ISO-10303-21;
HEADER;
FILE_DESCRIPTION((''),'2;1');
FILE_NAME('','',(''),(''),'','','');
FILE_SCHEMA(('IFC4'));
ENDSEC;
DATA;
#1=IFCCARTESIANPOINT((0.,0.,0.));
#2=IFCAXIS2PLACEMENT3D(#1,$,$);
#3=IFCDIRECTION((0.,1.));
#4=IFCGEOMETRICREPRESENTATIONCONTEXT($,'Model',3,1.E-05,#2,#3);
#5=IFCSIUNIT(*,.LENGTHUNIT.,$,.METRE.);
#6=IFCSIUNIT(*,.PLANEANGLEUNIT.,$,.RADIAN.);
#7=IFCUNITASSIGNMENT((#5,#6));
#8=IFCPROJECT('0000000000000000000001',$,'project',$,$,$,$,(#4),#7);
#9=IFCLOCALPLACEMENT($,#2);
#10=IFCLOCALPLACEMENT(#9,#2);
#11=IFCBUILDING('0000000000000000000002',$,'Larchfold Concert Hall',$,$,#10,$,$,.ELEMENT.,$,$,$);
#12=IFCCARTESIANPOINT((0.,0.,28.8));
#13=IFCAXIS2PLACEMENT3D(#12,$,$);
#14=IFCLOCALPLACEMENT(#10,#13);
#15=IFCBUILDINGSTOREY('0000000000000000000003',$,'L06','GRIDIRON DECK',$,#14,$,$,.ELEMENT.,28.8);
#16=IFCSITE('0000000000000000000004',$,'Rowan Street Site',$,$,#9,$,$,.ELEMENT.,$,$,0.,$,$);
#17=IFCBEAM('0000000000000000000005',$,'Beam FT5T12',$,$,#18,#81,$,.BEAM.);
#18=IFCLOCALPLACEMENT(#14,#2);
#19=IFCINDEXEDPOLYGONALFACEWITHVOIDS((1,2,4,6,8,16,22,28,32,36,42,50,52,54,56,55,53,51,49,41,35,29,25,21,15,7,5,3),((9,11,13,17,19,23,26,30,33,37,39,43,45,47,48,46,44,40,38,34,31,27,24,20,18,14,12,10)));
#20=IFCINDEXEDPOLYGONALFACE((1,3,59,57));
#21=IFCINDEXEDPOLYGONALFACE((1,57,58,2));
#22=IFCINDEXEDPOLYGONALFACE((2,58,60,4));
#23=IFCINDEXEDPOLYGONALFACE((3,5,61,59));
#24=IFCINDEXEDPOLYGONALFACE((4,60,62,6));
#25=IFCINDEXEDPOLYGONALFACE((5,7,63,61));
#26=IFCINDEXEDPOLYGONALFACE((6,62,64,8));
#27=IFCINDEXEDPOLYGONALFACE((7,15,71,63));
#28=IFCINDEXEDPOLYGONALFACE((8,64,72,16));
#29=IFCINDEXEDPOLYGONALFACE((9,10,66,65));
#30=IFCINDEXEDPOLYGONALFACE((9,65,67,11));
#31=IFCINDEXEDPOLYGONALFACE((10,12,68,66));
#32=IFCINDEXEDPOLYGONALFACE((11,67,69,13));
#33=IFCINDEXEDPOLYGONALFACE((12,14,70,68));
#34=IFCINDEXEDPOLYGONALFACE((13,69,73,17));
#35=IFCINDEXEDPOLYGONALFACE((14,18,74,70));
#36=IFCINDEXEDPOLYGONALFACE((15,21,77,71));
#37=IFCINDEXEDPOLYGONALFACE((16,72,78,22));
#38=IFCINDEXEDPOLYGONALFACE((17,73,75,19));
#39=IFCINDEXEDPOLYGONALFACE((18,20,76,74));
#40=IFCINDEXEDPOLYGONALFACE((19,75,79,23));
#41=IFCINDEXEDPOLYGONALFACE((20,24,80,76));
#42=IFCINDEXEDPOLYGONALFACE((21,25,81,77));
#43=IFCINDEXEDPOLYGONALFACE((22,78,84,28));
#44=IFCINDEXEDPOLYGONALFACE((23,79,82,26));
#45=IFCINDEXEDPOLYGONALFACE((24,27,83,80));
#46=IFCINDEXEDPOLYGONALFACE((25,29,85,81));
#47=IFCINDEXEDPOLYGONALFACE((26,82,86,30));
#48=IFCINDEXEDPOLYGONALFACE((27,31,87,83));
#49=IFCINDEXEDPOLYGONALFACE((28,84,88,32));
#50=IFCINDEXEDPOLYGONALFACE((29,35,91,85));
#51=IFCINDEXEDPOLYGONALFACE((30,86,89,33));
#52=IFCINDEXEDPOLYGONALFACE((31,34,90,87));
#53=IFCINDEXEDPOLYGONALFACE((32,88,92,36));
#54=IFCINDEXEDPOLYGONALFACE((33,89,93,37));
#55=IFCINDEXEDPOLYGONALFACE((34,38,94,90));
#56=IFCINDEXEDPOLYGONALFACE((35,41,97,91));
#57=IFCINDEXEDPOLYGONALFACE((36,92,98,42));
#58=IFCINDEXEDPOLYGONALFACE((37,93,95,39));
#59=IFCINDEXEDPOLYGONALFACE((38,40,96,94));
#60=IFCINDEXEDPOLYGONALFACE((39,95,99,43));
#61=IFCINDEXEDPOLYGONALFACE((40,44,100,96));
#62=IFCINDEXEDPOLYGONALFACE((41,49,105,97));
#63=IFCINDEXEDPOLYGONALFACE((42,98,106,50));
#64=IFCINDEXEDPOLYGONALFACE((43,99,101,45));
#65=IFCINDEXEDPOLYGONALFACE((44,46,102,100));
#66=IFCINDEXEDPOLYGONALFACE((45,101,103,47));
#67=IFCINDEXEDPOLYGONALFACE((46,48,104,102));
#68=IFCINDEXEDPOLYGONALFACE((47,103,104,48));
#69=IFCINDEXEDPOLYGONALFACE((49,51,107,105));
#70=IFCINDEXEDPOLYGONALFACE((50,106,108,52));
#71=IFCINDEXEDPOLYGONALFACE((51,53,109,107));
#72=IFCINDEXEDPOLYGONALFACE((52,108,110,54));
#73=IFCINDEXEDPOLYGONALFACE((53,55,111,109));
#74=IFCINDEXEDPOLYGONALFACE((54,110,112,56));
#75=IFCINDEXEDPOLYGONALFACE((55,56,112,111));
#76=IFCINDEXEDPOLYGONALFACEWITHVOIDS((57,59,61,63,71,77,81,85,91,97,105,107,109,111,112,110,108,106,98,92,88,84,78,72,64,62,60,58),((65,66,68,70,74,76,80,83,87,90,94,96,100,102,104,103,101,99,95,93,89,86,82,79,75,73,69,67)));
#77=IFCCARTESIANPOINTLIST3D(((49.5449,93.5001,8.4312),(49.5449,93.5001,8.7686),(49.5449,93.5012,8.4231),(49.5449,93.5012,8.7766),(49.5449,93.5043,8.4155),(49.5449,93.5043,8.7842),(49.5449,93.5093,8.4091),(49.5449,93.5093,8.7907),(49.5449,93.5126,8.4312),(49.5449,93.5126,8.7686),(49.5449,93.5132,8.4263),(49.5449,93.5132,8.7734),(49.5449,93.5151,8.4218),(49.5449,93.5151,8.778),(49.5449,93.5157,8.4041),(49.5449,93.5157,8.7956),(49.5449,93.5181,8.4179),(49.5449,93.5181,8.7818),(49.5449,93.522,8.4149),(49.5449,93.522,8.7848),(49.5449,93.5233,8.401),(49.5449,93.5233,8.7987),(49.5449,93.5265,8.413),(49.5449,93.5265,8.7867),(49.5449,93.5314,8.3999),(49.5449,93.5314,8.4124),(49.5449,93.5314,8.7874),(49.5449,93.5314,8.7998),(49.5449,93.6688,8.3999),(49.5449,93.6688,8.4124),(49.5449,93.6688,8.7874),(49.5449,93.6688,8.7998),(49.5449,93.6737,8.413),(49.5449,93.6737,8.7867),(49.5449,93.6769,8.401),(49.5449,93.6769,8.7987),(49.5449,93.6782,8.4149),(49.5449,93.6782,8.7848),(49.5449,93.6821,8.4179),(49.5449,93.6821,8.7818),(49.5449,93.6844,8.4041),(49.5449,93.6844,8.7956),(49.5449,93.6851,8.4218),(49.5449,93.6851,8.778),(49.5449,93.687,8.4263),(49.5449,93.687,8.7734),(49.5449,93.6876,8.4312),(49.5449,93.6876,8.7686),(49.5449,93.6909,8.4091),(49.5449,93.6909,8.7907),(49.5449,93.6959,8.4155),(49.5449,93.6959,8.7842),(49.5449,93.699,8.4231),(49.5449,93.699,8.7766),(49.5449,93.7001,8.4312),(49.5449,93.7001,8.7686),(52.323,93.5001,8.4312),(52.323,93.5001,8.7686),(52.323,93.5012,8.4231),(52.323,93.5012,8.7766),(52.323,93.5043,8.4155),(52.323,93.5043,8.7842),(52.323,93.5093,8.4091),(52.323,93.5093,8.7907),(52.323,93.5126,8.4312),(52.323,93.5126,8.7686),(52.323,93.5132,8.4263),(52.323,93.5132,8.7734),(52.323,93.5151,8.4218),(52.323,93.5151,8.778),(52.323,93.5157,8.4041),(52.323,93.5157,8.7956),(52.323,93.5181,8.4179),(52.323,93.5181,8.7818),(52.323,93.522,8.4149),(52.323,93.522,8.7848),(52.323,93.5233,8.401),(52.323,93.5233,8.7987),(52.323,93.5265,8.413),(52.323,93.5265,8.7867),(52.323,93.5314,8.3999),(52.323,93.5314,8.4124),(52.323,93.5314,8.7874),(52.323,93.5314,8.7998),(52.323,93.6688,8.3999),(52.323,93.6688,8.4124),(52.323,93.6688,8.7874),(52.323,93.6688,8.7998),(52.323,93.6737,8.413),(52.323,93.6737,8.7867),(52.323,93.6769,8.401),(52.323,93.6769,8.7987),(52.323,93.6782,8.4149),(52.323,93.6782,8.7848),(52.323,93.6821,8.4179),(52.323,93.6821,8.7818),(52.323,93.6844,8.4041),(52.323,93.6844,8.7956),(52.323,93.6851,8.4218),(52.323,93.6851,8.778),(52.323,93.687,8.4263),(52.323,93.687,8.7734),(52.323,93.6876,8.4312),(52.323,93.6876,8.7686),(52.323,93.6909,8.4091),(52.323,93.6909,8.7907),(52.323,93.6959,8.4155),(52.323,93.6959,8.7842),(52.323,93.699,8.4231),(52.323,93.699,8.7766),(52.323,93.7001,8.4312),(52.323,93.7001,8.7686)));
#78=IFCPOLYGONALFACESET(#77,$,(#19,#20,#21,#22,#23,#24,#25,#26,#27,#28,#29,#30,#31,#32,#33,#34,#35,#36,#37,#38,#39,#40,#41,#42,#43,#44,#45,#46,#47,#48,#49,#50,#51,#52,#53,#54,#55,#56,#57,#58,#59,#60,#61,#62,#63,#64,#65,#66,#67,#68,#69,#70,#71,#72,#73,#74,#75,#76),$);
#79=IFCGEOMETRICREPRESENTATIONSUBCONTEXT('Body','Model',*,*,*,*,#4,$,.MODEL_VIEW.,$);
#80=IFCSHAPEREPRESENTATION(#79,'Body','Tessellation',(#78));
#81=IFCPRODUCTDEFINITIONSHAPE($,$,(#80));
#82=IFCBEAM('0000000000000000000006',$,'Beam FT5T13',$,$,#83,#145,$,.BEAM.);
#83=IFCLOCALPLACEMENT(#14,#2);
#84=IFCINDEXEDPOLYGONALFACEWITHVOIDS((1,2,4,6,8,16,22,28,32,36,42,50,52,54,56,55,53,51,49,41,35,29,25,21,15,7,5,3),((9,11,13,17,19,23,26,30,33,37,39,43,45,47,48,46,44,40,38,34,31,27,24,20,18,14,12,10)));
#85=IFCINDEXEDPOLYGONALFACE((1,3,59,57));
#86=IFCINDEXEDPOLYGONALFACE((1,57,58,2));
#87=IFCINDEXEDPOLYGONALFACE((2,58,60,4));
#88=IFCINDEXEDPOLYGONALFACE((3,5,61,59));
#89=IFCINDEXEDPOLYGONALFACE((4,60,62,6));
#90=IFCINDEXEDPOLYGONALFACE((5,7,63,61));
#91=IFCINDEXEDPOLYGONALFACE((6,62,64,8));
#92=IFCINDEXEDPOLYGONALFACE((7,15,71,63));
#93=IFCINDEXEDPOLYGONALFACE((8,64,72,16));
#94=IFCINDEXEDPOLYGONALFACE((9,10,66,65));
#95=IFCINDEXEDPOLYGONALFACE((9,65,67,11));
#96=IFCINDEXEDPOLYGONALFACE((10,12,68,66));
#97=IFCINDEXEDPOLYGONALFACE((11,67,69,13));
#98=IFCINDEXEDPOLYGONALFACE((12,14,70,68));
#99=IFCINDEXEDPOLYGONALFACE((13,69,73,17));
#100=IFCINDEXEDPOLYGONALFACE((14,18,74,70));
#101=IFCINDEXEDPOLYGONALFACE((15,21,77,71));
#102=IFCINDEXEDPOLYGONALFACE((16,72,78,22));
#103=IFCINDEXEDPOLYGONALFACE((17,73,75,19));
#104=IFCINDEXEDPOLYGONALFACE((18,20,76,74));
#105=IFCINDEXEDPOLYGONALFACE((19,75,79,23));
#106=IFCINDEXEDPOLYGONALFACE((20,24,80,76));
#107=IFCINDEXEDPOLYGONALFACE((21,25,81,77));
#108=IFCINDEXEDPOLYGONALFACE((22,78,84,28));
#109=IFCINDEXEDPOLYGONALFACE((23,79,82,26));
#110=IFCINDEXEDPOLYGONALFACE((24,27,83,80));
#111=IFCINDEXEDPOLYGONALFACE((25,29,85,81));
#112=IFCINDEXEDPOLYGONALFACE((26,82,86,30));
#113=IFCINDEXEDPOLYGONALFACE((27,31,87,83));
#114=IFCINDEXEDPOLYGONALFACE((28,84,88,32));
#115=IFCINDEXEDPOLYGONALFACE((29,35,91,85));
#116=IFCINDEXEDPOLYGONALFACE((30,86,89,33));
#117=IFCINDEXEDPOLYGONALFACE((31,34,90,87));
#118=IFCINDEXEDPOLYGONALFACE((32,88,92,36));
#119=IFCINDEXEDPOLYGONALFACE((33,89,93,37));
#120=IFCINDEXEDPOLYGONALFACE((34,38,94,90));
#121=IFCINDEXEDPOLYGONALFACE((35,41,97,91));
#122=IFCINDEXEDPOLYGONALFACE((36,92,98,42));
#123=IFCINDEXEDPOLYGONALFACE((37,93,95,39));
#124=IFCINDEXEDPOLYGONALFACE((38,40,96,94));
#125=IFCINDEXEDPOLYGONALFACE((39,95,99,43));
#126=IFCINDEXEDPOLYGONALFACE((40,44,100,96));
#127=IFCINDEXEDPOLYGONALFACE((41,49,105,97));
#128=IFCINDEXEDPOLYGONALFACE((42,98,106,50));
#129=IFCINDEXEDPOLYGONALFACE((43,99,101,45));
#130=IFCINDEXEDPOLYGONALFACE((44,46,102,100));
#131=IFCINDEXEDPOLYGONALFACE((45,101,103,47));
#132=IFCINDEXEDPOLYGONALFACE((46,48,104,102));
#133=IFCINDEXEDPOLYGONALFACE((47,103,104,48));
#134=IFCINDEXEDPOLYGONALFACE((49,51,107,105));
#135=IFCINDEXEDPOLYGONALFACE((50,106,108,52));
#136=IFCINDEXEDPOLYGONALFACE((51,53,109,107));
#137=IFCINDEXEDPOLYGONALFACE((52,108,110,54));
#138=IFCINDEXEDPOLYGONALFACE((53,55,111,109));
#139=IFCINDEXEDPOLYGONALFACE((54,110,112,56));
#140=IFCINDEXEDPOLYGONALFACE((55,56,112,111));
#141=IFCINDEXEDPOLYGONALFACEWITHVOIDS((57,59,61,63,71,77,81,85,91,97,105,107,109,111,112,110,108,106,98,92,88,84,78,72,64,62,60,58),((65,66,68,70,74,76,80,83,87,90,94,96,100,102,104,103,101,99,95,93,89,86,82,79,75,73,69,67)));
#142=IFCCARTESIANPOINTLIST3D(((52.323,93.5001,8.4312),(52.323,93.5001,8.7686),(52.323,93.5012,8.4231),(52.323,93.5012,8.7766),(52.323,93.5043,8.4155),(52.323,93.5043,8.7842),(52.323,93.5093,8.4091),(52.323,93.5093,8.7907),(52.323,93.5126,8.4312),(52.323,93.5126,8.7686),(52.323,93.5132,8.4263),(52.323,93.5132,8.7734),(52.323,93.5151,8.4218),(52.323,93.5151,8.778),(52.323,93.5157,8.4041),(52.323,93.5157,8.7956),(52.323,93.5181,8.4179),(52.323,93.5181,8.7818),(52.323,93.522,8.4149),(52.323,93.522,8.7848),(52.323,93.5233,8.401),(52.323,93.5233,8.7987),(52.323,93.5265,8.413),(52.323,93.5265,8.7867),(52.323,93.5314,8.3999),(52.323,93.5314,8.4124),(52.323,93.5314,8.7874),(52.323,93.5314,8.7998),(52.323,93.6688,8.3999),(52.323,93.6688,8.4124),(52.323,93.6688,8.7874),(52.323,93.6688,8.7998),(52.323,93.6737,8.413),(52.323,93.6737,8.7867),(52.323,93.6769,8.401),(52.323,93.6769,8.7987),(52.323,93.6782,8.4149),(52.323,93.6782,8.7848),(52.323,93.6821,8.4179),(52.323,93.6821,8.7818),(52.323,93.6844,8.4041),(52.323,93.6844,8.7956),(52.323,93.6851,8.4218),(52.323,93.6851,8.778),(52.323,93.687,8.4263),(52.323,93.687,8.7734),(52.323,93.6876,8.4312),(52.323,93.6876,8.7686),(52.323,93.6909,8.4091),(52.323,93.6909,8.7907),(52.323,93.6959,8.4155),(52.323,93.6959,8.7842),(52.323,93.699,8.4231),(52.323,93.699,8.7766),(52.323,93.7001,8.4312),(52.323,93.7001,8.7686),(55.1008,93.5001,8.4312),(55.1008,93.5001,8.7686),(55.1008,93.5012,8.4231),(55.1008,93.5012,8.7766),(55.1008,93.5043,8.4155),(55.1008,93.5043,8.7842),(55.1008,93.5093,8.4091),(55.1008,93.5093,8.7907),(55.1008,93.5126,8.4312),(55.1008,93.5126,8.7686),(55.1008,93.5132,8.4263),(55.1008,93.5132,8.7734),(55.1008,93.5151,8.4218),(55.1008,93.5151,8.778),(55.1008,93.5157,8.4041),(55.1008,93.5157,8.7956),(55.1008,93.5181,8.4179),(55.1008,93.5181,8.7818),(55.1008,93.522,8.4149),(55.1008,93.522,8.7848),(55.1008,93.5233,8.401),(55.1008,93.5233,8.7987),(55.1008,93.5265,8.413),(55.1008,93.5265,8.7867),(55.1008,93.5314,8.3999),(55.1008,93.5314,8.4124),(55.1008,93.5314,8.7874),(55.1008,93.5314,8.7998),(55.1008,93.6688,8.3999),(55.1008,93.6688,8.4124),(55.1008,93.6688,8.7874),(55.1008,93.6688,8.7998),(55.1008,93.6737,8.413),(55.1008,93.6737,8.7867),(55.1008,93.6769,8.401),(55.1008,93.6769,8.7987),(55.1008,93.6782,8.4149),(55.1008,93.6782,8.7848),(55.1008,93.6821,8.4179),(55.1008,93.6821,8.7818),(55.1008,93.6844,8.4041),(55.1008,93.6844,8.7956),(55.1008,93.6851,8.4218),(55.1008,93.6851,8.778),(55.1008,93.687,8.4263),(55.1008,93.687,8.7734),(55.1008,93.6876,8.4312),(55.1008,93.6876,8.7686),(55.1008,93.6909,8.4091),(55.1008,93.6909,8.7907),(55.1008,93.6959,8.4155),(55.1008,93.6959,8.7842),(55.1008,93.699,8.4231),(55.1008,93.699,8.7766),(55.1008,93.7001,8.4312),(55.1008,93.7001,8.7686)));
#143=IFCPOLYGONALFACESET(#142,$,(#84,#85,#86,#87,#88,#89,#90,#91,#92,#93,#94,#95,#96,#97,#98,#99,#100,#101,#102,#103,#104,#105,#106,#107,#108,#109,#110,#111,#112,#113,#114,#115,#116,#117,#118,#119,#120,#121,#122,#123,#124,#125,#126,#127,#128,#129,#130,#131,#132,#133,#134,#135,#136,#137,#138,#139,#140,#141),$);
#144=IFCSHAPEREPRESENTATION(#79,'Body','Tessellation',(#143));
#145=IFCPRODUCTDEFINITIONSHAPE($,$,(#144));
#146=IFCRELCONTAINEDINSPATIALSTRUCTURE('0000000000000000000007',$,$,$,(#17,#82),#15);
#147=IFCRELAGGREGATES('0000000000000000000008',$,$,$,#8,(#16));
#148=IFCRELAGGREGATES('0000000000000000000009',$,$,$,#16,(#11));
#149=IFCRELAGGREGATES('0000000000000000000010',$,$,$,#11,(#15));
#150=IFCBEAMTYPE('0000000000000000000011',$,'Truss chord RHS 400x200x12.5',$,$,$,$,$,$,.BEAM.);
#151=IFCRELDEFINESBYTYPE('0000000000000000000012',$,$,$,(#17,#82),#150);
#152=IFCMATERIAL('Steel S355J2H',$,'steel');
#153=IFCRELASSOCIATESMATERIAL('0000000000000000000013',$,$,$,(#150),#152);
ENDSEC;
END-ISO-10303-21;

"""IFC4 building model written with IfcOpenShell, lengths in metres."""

from ifc_helpers import new_model, si_unit, direction, frame, origin, origin_2d, place, context, subcontext, project, spatial, hollow_rectangle, extrude, material, material_profile, profile_set, type_object, element, save


model = new_model("IFC4")

# Units and contexts
model_context = context("Model", 3, precision=1e-05, world=origin(), true_north=direction((0.0, 1.0)))
body_context = subcontext(model_context, "Body", "Model", "MODEL_VIEW")
ifc_project = project(units=[si_unit("LENGTHUNIT", "METRE"), si_unit("PLANEANGLEUNIT", "RADIAN")], contexts=[model_context])

# Site, building, storey
site_placement = place(None, origin())
site = spatial("IfcSite", under=ifc_project, at=site_placement, Name="Rowan Street Site", CompositionType="ELEMENT", RefElevation=0.0)
building_placement = place(site_placement, origin())
building = spatial("IfcBuilding", under=site, at=building_placement, Name="Larchfold Concert Hall", CompositionType="ELEMENT")
storey_placement = place(building_placement, frame((0.0, 0.0, 28.8)))
storey = spatial("IfcBuildingStorey", under=building, at=storey_placement, Name="L06", Description="GRIDIRON DECK", CompositionType="ELEMENT", Elevation=28.8)

# Beams
ifc_material_1 = material(Name="Steel S355J2H", Category="steel")
ifc_material_profile_1 = material_profile(ifc_material_1, hollow_rectangle(XDim=0.2, YDim=0.3999, WallThickness=0.0125, InnerFilletRadius=0.0188, OuterFilletRadius=0.0312, at=origin_2d()))
ifc_profile_set_1 = profile_set([ifc_material_profile_1], Name="Steel S355J2H")
beam_type_1 = type_object("IfcBeamType", Name="Truss chord RHS 400x200x12.5", PredefinedType="BEAM", material=ifc_profile_set_1)
beam_1_placement = place(storey_placement, frame((49.5449, 93.6001, 8.5999), z_axis=(1.0, 0.0, 0.0), x_axis=(0.0, 1.0, 0.0)))
element("IfcBeam", 1, at=beam_1_placement, inside=storey, type_object=beam_type_1, Name="Beam FT5T12", PredefinedType="BEAM", context=body_context, shape_type="SweptSolid", body=[
    extrude(hollow_rectangle(XDim=0.2, YDim=0.3999, WallThickness=0.0125, InnerFilletRadius=0.0188, OuterFilletRadius=0.0312, at=origin_2d()), origin(), (0.0, 0.0, 1.0), 2.7781),
])
beam_2_placement = place(storey_placement, frame((52.323, 93.6001, 8.5999), z_axis=(1.0, 0.0, 0.0), x_axis=(0.0, 1.0, 0.0)))
element("IfcBeam", 2, at=beam_2_placement, inside=storey, type_object=beam_type_1, Name="Beam FT5T13", PredefinedType="BEAM", context=body_context, shape_type="SweptSolid", body=[
    extrude(hollow_rectangle(XDim=0.2, YDim=0.3999, WallThickness=0.0125, InnerFilletRadius=0.0188, OuterFilletRadius=0.0312, at=origin_2d()), origin(), (0.0, 0.0, 1.0), 2.7778),
])

save(model, "model.ifc")
